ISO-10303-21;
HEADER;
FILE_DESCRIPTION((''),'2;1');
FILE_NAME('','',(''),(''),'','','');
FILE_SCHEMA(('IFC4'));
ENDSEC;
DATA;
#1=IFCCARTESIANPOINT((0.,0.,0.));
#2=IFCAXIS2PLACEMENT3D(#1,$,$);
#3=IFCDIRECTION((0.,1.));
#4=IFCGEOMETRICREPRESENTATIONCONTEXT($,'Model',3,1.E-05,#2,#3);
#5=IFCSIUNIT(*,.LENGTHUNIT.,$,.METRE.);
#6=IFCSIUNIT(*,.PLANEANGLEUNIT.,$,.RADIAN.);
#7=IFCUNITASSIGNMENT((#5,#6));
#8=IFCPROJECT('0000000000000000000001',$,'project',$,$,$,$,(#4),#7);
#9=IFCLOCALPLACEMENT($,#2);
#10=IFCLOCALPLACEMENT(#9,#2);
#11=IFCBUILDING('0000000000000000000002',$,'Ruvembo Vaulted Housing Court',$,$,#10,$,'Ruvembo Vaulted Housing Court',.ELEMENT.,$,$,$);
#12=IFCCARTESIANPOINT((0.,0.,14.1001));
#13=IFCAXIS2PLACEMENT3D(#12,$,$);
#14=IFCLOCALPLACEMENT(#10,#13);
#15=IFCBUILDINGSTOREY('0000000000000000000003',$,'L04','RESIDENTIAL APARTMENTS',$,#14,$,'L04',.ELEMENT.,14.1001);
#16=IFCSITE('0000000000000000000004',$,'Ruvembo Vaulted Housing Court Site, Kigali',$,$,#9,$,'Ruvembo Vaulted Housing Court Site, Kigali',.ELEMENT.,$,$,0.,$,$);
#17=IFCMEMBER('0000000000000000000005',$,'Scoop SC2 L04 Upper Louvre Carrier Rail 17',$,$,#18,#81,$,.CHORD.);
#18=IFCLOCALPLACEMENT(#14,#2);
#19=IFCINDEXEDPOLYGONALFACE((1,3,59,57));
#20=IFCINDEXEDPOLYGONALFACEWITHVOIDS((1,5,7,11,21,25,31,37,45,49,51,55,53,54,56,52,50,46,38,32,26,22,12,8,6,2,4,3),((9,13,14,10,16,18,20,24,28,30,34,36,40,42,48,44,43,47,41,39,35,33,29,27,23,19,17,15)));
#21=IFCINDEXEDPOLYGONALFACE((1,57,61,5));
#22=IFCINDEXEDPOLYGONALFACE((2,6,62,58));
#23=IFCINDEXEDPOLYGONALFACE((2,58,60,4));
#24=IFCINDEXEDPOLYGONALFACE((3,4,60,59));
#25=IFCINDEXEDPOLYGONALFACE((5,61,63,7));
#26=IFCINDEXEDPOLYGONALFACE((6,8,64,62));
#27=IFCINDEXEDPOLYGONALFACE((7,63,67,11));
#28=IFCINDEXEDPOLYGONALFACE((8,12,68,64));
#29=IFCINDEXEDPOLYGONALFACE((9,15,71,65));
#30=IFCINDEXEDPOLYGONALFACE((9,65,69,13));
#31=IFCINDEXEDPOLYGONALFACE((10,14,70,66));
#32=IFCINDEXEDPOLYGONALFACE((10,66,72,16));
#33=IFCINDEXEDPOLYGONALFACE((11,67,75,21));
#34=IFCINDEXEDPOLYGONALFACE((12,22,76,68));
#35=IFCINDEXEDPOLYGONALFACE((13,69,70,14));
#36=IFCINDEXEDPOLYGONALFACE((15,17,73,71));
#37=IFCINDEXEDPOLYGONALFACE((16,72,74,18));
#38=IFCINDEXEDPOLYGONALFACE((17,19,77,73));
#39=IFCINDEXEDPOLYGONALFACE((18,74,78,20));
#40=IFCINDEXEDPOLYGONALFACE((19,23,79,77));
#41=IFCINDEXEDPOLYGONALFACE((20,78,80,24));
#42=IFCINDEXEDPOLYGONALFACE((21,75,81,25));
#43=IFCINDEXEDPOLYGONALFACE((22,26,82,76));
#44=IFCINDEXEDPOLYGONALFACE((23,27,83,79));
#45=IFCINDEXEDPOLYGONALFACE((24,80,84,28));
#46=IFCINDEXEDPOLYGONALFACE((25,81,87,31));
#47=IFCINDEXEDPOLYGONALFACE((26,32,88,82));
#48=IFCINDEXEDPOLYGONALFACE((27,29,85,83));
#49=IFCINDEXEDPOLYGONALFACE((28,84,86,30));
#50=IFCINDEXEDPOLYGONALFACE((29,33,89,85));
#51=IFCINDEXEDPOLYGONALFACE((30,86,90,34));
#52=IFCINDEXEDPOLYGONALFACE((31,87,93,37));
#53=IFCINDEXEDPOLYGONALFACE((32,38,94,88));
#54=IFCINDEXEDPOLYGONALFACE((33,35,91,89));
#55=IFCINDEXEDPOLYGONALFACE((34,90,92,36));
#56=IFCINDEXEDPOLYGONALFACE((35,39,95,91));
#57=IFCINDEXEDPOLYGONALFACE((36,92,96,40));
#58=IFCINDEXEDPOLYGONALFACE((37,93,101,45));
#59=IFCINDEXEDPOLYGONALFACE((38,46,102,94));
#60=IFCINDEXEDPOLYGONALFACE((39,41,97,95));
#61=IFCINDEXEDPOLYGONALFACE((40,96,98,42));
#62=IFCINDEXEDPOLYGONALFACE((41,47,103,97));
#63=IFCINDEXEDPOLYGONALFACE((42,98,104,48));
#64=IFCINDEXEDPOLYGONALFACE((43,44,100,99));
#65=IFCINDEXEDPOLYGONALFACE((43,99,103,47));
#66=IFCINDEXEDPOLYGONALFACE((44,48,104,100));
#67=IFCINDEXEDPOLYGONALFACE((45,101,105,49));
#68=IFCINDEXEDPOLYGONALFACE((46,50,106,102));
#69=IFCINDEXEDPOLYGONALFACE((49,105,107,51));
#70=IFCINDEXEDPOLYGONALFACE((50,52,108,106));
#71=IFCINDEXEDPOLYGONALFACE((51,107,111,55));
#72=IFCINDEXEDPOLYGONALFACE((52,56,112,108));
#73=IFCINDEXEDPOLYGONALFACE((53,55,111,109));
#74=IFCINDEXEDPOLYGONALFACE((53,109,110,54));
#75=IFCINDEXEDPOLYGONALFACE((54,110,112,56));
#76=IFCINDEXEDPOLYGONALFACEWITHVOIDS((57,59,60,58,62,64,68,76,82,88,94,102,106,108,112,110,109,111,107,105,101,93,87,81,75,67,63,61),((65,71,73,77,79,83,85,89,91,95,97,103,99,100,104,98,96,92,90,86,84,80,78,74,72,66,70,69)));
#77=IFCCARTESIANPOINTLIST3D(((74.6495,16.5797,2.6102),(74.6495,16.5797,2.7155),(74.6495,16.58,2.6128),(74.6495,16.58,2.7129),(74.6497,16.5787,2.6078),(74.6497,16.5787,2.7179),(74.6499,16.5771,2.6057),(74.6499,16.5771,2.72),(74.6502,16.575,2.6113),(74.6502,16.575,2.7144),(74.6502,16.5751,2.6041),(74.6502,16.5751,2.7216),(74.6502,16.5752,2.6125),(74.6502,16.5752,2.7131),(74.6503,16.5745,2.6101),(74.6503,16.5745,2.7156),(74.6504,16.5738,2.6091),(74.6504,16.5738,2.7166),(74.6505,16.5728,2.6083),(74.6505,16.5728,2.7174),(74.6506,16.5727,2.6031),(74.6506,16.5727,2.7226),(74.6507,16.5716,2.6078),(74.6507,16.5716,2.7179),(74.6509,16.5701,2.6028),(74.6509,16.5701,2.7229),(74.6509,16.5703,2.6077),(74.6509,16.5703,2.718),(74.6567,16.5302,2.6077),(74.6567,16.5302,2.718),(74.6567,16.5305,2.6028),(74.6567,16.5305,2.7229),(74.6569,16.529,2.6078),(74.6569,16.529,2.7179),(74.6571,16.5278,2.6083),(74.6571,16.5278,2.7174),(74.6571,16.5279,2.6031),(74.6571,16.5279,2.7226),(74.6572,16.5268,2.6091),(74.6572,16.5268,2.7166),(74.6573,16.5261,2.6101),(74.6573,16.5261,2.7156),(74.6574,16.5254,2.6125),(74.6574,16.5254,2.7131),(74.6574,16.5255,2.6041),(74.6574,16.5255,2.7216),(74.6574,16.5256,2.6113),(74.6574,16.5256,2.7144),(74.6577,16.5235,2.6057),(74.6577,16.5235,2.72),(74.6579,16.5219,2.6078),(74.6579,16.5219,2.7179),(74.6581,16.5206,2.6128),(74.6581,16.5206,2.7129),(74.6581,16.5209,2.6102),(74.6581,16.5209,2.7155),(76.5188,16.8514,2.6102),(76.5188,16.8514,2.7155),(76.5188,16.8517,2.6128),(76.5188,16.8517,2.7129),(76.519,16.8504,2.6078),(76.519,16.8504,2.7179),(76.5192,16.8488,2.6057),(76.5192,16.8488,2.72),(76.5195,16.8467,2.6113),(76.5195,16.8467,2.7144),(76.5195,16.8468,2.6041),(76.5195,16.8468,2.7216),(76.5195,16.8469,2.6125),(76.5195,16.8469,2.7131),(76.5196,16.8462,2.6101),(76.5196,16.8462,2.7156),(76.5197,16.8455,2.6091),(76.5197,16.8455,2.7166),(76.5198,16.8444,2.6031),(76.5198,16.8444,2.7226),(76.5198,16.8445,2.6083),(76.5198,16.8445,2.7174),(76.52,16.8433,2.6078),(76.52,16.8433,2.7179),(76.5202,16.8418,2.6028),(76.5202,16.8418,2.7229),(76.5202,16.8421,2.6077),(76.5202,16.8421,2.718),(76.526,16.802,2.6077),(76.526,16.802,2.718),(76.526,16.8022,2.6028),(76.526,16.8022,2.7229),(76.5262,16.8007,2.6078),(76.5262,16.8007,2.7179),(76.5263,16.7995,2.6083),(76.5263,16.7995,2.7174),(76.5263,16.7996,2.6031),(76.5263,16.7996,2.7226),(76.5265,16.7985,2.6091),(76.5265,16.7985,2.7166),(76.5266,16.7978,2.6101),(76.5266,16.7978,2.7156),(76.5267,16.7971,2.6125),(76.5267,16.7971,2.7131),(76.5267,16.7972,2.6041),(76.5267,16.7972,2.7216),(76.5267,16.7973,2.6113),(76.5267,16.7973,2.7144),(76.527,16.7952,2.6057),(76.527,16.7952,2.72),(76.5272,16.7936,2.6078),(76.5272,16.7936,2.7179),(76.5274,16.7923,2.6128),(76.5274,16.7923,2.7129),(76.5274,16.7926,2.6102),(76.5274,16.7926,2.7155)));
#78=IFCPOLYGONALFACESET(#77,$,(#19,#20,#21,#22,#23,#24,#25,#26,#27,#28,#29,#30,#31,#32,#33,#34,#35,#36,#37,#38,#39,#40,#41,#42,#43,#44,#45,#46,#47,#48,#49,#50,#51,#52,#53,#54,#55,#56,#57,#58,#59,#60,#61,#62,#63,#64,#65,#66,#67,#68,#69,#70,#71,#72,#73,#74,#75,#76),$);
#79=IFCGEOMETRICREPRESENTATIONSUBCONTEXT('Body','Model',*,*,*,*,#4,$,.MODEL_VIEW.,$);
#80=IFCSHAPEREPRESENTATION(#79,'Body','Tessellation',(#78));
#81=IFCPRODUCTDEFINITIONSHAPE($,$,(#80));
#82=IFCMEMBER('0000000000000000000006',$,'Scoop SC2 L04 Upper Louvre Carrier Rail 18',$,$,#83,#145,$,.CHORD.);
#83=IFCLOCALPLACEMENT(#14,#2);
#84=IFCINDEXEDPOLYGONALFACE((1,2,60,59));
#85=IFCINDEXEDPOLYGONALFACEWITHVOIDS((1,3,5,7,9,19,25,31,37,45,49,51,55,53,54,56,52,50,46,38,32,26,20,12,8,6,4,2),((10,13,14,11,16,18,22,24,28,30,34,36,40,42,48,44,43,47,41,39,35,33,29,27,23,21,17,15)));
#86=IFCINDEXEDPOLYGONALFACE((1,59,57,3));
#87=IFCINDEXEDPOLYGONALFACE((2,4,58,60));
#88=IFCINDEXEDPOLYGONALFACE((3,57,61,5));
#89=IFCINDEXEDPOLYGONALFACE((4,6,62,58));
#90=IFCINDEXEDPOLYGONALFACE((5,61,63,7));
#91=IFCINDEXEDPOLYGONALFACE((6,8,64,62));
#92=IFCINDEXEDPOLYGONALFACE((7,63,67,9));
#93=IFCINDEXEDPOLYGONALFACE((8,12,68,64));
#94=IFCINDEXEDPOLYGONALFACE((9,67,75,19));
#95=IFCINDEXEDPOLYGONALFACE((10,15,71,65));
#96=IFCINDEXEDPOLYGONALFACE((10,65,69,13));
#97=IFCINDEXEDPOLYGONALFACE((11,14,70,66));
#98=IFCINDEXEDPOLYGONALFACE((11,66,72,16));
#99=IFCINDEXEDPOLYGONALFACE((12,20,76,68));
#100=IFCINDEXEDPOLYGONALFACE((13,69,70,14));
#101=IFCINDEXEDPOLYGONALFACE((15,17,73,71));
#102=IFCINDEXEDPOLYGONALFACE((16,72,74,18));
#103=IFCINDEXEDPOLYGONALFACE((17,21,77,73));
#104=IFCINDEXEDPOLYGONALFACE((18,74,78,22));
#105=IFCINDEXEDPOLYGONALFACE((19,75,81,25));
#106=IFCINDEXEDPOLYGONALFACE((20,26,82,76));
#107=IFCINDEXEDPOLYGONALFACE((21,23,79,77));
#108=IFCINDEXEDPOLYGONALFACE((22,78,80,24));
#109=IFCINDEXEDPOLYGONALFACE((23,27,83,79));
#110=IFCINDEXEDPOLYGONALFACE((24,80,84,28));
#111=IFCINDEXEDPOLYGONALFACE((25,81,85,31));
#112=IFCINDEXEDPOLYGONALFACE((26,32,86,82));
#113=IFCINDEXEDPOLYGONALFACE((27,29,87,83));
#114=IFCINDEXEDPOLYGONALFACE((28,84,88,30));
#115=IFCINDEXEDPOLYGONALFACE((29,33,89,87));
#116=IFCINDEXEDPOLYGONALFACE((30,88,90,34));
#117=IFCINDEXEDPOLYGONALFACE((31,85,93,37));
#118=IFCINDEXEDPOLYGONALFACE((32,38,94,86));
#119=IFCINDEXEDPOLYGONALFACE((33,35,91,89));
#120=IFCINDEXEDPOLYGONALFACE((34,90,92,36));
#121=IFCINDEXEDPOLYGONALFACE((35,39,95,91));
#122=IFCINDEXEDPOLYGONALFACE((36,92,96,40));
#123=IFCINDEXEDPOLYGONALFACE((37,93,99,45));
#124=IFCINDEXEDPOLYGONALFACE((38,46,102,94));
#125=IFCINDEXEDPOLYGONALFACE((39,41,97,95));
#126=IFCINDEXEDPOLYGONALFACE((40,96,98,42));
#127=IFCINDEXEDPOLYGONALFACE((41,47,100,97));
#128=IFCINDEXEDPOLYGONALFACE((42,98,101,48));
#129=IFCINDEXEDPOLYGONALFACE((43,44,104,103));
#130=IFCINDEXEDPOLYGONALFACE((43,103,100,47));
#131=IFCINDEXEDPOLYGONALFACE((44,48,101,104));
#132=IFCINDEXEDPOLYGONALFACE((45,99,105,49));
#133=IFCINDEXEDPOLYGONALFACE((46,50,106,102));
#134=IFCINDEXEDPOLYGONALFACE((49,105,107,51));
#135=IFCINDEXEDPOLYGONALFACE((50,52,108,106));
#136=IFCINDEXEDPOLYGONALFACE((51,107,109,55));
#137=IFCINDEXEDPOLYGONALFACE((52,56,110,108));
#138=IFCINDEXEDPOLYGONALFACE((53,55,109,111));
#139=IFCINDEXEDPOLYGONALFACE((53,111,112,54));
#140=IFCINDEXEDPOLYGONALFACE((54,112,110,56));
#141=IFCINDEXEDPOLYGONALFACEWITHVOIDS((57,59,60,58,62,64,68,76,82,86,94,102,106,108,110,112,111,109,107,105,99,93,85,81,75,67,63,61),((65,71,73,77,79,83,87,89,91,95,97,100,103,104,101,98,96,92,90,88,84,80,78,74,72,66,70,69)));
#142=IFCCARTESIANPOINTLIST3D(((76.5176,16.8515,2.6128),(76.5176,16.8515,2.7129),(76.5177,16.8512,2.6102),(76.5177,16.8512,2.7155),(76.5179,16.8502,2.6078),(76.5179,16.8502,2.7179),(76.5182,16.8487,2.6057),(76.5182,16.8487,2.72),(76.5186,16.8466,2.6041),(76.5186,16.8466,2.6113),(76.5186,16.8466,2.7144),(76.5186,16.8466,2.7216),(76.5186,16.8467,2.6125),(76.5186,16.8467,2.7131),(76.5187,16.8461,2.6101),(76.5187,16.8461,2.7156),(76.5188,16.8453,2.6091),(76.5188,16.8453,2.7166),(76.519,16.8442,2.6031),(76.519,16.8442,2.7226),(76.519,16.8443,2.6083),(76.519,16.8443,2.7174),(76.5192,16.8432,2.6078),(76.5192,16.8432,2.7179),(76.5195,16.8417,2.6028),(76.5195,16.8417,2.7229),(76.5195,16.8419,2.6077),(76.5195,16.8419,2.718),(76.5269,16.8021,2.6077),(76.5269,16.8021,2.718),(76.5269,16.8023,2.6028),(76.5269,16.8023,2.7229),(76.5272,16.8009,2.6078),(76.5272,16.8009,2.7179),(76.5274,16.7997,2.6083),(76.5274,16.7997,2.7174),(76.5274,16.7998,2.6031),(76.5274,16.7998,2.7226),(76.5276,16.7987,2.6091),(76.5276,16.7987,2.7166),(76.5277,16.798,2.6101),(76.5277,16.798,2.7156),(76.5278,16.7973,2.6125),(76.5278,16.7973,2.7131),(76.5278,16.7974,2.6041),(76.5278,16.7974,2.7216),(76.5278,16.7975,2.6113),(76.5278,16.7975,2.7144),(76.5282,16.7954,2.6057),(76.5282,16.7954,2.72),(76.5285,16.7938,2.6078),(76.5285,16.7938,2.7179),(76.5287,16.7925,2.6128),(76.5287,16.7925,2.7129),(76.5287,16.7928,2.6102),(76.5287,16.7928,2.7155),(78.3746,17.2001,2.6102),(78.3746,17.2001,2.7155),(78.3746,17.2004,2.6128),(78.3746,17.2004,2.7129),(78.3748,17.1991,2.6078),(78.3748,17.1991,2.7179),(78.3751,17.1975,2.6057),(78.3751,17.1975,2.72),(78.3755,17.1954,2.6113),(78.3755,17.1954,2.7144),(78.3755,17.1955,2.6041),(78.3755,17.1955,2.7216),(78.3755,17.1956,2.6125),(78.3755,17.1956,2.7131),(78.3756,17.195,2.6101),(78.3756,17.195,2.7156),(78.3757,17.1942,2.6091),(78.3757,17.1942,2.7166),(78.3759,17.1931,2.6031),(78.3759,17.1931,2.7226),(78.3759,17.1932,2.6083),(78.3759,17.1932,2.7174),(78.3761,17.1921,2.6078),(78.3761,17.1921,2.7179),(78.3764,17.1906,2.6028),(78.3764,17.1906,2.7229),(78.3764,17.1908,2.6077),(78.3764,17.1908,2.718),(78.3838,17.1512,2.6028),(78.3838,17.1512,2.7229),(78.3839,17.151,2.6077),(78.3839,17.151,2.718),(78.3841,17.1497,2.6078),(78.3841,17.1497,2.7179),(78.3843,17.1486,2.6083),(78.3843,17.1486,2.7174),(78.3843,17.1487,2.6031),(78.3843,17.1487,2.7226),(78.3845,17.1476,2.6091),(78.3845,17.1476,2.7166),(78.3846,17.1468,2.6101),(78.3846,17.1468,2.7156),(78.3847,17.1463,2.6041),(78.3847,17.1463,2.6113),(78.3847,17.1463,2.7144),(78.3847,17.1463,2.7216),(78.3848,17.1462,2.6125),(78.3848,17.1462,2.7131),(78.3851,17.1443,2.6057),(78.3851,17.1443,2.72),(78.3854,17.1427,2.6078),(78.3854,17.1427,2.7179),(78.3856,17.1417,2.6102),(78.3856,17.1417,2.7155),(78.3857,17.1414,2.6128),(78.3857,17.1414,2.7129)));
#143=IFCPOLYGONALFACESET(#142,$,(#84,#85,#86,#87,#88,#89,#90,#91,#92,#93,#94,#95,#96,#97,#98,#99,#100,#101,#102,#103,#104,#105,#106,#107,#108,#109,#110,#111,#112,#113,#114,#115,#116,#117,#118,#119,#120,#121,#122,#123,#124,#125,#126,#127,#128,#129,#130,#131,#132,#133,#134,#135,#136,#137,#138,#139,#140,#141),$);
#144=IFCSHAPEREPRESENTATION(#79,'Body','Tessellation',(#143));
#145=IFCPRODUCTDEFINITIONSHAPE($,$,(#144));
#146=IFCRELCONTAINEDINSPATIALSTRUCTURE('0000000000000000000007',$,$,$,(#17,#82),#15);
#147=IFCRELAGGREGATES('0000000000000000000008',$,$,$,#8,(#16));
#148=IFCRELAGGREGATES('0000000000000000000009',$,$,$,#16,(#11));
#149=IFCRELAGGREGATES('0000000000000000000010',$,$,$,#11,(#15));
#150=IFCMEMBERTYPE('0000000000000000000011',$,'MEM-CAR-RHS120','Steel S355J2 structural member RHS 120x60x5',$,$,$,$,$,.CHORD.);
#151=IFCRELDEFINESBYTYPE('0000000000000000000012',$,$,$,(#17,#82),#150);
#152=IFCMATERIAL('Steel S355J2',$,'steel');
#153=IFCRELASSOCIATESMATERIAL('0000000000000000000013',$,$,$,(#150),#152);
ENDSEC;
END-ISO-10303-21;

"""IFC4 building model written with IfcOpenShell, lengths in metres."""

from ifc_helpers import new_model, si_unit, direction, frame, origin, origin_2d, place, context, subcontext, project, spatial, hollow_rectangle, extrude, material, material_profile, profile_set, type_object, element, save


model = new_model("IFC4")

# Units and contexts
model_context = context("Model", 3, precision=1e-05, world=origin(), true_north=direction((0.0, 1.0)))
body_context = subcontext(model_context, "Body", "Model", "MODEL_VIEW")
ifc_project = project(units=[si_unit("LENGTHUNIT", "METRE"), si_unit("PLANEANGLEUNIT", "RADIAN")], contexts=[model_context])

# Site, building, storey
site_placement = place(None, origin())
site = spatial("IfcSite", under=ifc_project, at=site_placement, Name="Ruvembo Vaulted Housing Court Site, Kigali", LongName="Ruvembo Vaulted Housing Court Site, Kigali", CompositionType="ELEMENT", RefElevation=0.0)
building_placement = place(site_placement, origin())
building = spatial("IfcBuilding", under=site, at=building_placement, Name="Ruvembo Vaulted Housing Court", LongName="Ruvembo Vaulted Housing Court", CompositionType="ELEMENT")
storey_placement = place(building_placement, frame((0.0, 0.0, 14.1001)))
storey = spatial("IfcBuildingStorey", under=building, at=storey_placement, Name="L04", Description="RESIDENTIAL APARTMENTS", LongName="L04", CompositionType="ELEMENT", Elevation=14.1001)

# Shared definitions
ifc_material_1 = material(Name="Steel S355J2", Category="steel")

# Members
ifc_material_profile_1 = material_profile(ifc_material_1, hollow_rectangle(XDim=0.0601, YDim=0.1201, WallThickness=0.0049, InnerFilletRadius=0.0049, OuterFilletRadius=0.01, at=origin_2d()), Name="RHS 120x60x5")
ifc_profile_set_1 = profile_set([ifc_material_profile_1], Name="Steel S355J2")
member_type_1 = type_object("IfcMemberType", Name="MEM-CAR-RHS120", Description="Steel S355J2 structural member RHS 120x60x5", PredefinedType="CHORD", material=ifc_profile_set_1)
member_1_placement = place(storey_placement, frame((74.6538, 16.5503, 2.6628), z_axis=(0.9896, 0.143845, 0.0), x_axis=(-0.143845, 0.9896, 0.0)))
element("IfcMember", 1, at=member_1_placement, inside=storey, type_object=member_type_1, Name="Scoop SC2 L04 Upper Louvre Carrier Rail 17", PredefinedType="CHORD", context=body_context, shape_type="SweptSolid", body=[
    extrude(hollow_rectangle(XDim=0.0601, YDim=0.1201, WallThickness=0.0049, InnerFilletRadius=0.0049, OuterFilletRadius=0.01, at=origin_2d()), origin(), (0.0, 0.0, 1.0), 1.8889),
])
member_2_placement = place(storey_placement, frame((76.5232, 16.822, 2.6628), z_axis=(0.982805, 0.184647, 0.0), x_axis=(-0.184647, 0.982805, 0.0)))
element("IfcMember", 2, at=member_2_placement, inside=storey, type_object=member_type_1, Name="Scoop SC2 L04 Upper Louvre Carrier Rail 18", PredefinedType="CHORD", context=body_context, shape_type="SweptSolid", body=[
    extrude(hollow_rectangle(XDim=0.0601, YDim=0.1201, WallThickness=0.0049, InnerFilletRadius=0.0049, OuterFilletRadius=0.01, at=origin_2d()), origin(), (0.0, 0.0, 1.0), 1.8894),
])

save(model, "model.ifc")
